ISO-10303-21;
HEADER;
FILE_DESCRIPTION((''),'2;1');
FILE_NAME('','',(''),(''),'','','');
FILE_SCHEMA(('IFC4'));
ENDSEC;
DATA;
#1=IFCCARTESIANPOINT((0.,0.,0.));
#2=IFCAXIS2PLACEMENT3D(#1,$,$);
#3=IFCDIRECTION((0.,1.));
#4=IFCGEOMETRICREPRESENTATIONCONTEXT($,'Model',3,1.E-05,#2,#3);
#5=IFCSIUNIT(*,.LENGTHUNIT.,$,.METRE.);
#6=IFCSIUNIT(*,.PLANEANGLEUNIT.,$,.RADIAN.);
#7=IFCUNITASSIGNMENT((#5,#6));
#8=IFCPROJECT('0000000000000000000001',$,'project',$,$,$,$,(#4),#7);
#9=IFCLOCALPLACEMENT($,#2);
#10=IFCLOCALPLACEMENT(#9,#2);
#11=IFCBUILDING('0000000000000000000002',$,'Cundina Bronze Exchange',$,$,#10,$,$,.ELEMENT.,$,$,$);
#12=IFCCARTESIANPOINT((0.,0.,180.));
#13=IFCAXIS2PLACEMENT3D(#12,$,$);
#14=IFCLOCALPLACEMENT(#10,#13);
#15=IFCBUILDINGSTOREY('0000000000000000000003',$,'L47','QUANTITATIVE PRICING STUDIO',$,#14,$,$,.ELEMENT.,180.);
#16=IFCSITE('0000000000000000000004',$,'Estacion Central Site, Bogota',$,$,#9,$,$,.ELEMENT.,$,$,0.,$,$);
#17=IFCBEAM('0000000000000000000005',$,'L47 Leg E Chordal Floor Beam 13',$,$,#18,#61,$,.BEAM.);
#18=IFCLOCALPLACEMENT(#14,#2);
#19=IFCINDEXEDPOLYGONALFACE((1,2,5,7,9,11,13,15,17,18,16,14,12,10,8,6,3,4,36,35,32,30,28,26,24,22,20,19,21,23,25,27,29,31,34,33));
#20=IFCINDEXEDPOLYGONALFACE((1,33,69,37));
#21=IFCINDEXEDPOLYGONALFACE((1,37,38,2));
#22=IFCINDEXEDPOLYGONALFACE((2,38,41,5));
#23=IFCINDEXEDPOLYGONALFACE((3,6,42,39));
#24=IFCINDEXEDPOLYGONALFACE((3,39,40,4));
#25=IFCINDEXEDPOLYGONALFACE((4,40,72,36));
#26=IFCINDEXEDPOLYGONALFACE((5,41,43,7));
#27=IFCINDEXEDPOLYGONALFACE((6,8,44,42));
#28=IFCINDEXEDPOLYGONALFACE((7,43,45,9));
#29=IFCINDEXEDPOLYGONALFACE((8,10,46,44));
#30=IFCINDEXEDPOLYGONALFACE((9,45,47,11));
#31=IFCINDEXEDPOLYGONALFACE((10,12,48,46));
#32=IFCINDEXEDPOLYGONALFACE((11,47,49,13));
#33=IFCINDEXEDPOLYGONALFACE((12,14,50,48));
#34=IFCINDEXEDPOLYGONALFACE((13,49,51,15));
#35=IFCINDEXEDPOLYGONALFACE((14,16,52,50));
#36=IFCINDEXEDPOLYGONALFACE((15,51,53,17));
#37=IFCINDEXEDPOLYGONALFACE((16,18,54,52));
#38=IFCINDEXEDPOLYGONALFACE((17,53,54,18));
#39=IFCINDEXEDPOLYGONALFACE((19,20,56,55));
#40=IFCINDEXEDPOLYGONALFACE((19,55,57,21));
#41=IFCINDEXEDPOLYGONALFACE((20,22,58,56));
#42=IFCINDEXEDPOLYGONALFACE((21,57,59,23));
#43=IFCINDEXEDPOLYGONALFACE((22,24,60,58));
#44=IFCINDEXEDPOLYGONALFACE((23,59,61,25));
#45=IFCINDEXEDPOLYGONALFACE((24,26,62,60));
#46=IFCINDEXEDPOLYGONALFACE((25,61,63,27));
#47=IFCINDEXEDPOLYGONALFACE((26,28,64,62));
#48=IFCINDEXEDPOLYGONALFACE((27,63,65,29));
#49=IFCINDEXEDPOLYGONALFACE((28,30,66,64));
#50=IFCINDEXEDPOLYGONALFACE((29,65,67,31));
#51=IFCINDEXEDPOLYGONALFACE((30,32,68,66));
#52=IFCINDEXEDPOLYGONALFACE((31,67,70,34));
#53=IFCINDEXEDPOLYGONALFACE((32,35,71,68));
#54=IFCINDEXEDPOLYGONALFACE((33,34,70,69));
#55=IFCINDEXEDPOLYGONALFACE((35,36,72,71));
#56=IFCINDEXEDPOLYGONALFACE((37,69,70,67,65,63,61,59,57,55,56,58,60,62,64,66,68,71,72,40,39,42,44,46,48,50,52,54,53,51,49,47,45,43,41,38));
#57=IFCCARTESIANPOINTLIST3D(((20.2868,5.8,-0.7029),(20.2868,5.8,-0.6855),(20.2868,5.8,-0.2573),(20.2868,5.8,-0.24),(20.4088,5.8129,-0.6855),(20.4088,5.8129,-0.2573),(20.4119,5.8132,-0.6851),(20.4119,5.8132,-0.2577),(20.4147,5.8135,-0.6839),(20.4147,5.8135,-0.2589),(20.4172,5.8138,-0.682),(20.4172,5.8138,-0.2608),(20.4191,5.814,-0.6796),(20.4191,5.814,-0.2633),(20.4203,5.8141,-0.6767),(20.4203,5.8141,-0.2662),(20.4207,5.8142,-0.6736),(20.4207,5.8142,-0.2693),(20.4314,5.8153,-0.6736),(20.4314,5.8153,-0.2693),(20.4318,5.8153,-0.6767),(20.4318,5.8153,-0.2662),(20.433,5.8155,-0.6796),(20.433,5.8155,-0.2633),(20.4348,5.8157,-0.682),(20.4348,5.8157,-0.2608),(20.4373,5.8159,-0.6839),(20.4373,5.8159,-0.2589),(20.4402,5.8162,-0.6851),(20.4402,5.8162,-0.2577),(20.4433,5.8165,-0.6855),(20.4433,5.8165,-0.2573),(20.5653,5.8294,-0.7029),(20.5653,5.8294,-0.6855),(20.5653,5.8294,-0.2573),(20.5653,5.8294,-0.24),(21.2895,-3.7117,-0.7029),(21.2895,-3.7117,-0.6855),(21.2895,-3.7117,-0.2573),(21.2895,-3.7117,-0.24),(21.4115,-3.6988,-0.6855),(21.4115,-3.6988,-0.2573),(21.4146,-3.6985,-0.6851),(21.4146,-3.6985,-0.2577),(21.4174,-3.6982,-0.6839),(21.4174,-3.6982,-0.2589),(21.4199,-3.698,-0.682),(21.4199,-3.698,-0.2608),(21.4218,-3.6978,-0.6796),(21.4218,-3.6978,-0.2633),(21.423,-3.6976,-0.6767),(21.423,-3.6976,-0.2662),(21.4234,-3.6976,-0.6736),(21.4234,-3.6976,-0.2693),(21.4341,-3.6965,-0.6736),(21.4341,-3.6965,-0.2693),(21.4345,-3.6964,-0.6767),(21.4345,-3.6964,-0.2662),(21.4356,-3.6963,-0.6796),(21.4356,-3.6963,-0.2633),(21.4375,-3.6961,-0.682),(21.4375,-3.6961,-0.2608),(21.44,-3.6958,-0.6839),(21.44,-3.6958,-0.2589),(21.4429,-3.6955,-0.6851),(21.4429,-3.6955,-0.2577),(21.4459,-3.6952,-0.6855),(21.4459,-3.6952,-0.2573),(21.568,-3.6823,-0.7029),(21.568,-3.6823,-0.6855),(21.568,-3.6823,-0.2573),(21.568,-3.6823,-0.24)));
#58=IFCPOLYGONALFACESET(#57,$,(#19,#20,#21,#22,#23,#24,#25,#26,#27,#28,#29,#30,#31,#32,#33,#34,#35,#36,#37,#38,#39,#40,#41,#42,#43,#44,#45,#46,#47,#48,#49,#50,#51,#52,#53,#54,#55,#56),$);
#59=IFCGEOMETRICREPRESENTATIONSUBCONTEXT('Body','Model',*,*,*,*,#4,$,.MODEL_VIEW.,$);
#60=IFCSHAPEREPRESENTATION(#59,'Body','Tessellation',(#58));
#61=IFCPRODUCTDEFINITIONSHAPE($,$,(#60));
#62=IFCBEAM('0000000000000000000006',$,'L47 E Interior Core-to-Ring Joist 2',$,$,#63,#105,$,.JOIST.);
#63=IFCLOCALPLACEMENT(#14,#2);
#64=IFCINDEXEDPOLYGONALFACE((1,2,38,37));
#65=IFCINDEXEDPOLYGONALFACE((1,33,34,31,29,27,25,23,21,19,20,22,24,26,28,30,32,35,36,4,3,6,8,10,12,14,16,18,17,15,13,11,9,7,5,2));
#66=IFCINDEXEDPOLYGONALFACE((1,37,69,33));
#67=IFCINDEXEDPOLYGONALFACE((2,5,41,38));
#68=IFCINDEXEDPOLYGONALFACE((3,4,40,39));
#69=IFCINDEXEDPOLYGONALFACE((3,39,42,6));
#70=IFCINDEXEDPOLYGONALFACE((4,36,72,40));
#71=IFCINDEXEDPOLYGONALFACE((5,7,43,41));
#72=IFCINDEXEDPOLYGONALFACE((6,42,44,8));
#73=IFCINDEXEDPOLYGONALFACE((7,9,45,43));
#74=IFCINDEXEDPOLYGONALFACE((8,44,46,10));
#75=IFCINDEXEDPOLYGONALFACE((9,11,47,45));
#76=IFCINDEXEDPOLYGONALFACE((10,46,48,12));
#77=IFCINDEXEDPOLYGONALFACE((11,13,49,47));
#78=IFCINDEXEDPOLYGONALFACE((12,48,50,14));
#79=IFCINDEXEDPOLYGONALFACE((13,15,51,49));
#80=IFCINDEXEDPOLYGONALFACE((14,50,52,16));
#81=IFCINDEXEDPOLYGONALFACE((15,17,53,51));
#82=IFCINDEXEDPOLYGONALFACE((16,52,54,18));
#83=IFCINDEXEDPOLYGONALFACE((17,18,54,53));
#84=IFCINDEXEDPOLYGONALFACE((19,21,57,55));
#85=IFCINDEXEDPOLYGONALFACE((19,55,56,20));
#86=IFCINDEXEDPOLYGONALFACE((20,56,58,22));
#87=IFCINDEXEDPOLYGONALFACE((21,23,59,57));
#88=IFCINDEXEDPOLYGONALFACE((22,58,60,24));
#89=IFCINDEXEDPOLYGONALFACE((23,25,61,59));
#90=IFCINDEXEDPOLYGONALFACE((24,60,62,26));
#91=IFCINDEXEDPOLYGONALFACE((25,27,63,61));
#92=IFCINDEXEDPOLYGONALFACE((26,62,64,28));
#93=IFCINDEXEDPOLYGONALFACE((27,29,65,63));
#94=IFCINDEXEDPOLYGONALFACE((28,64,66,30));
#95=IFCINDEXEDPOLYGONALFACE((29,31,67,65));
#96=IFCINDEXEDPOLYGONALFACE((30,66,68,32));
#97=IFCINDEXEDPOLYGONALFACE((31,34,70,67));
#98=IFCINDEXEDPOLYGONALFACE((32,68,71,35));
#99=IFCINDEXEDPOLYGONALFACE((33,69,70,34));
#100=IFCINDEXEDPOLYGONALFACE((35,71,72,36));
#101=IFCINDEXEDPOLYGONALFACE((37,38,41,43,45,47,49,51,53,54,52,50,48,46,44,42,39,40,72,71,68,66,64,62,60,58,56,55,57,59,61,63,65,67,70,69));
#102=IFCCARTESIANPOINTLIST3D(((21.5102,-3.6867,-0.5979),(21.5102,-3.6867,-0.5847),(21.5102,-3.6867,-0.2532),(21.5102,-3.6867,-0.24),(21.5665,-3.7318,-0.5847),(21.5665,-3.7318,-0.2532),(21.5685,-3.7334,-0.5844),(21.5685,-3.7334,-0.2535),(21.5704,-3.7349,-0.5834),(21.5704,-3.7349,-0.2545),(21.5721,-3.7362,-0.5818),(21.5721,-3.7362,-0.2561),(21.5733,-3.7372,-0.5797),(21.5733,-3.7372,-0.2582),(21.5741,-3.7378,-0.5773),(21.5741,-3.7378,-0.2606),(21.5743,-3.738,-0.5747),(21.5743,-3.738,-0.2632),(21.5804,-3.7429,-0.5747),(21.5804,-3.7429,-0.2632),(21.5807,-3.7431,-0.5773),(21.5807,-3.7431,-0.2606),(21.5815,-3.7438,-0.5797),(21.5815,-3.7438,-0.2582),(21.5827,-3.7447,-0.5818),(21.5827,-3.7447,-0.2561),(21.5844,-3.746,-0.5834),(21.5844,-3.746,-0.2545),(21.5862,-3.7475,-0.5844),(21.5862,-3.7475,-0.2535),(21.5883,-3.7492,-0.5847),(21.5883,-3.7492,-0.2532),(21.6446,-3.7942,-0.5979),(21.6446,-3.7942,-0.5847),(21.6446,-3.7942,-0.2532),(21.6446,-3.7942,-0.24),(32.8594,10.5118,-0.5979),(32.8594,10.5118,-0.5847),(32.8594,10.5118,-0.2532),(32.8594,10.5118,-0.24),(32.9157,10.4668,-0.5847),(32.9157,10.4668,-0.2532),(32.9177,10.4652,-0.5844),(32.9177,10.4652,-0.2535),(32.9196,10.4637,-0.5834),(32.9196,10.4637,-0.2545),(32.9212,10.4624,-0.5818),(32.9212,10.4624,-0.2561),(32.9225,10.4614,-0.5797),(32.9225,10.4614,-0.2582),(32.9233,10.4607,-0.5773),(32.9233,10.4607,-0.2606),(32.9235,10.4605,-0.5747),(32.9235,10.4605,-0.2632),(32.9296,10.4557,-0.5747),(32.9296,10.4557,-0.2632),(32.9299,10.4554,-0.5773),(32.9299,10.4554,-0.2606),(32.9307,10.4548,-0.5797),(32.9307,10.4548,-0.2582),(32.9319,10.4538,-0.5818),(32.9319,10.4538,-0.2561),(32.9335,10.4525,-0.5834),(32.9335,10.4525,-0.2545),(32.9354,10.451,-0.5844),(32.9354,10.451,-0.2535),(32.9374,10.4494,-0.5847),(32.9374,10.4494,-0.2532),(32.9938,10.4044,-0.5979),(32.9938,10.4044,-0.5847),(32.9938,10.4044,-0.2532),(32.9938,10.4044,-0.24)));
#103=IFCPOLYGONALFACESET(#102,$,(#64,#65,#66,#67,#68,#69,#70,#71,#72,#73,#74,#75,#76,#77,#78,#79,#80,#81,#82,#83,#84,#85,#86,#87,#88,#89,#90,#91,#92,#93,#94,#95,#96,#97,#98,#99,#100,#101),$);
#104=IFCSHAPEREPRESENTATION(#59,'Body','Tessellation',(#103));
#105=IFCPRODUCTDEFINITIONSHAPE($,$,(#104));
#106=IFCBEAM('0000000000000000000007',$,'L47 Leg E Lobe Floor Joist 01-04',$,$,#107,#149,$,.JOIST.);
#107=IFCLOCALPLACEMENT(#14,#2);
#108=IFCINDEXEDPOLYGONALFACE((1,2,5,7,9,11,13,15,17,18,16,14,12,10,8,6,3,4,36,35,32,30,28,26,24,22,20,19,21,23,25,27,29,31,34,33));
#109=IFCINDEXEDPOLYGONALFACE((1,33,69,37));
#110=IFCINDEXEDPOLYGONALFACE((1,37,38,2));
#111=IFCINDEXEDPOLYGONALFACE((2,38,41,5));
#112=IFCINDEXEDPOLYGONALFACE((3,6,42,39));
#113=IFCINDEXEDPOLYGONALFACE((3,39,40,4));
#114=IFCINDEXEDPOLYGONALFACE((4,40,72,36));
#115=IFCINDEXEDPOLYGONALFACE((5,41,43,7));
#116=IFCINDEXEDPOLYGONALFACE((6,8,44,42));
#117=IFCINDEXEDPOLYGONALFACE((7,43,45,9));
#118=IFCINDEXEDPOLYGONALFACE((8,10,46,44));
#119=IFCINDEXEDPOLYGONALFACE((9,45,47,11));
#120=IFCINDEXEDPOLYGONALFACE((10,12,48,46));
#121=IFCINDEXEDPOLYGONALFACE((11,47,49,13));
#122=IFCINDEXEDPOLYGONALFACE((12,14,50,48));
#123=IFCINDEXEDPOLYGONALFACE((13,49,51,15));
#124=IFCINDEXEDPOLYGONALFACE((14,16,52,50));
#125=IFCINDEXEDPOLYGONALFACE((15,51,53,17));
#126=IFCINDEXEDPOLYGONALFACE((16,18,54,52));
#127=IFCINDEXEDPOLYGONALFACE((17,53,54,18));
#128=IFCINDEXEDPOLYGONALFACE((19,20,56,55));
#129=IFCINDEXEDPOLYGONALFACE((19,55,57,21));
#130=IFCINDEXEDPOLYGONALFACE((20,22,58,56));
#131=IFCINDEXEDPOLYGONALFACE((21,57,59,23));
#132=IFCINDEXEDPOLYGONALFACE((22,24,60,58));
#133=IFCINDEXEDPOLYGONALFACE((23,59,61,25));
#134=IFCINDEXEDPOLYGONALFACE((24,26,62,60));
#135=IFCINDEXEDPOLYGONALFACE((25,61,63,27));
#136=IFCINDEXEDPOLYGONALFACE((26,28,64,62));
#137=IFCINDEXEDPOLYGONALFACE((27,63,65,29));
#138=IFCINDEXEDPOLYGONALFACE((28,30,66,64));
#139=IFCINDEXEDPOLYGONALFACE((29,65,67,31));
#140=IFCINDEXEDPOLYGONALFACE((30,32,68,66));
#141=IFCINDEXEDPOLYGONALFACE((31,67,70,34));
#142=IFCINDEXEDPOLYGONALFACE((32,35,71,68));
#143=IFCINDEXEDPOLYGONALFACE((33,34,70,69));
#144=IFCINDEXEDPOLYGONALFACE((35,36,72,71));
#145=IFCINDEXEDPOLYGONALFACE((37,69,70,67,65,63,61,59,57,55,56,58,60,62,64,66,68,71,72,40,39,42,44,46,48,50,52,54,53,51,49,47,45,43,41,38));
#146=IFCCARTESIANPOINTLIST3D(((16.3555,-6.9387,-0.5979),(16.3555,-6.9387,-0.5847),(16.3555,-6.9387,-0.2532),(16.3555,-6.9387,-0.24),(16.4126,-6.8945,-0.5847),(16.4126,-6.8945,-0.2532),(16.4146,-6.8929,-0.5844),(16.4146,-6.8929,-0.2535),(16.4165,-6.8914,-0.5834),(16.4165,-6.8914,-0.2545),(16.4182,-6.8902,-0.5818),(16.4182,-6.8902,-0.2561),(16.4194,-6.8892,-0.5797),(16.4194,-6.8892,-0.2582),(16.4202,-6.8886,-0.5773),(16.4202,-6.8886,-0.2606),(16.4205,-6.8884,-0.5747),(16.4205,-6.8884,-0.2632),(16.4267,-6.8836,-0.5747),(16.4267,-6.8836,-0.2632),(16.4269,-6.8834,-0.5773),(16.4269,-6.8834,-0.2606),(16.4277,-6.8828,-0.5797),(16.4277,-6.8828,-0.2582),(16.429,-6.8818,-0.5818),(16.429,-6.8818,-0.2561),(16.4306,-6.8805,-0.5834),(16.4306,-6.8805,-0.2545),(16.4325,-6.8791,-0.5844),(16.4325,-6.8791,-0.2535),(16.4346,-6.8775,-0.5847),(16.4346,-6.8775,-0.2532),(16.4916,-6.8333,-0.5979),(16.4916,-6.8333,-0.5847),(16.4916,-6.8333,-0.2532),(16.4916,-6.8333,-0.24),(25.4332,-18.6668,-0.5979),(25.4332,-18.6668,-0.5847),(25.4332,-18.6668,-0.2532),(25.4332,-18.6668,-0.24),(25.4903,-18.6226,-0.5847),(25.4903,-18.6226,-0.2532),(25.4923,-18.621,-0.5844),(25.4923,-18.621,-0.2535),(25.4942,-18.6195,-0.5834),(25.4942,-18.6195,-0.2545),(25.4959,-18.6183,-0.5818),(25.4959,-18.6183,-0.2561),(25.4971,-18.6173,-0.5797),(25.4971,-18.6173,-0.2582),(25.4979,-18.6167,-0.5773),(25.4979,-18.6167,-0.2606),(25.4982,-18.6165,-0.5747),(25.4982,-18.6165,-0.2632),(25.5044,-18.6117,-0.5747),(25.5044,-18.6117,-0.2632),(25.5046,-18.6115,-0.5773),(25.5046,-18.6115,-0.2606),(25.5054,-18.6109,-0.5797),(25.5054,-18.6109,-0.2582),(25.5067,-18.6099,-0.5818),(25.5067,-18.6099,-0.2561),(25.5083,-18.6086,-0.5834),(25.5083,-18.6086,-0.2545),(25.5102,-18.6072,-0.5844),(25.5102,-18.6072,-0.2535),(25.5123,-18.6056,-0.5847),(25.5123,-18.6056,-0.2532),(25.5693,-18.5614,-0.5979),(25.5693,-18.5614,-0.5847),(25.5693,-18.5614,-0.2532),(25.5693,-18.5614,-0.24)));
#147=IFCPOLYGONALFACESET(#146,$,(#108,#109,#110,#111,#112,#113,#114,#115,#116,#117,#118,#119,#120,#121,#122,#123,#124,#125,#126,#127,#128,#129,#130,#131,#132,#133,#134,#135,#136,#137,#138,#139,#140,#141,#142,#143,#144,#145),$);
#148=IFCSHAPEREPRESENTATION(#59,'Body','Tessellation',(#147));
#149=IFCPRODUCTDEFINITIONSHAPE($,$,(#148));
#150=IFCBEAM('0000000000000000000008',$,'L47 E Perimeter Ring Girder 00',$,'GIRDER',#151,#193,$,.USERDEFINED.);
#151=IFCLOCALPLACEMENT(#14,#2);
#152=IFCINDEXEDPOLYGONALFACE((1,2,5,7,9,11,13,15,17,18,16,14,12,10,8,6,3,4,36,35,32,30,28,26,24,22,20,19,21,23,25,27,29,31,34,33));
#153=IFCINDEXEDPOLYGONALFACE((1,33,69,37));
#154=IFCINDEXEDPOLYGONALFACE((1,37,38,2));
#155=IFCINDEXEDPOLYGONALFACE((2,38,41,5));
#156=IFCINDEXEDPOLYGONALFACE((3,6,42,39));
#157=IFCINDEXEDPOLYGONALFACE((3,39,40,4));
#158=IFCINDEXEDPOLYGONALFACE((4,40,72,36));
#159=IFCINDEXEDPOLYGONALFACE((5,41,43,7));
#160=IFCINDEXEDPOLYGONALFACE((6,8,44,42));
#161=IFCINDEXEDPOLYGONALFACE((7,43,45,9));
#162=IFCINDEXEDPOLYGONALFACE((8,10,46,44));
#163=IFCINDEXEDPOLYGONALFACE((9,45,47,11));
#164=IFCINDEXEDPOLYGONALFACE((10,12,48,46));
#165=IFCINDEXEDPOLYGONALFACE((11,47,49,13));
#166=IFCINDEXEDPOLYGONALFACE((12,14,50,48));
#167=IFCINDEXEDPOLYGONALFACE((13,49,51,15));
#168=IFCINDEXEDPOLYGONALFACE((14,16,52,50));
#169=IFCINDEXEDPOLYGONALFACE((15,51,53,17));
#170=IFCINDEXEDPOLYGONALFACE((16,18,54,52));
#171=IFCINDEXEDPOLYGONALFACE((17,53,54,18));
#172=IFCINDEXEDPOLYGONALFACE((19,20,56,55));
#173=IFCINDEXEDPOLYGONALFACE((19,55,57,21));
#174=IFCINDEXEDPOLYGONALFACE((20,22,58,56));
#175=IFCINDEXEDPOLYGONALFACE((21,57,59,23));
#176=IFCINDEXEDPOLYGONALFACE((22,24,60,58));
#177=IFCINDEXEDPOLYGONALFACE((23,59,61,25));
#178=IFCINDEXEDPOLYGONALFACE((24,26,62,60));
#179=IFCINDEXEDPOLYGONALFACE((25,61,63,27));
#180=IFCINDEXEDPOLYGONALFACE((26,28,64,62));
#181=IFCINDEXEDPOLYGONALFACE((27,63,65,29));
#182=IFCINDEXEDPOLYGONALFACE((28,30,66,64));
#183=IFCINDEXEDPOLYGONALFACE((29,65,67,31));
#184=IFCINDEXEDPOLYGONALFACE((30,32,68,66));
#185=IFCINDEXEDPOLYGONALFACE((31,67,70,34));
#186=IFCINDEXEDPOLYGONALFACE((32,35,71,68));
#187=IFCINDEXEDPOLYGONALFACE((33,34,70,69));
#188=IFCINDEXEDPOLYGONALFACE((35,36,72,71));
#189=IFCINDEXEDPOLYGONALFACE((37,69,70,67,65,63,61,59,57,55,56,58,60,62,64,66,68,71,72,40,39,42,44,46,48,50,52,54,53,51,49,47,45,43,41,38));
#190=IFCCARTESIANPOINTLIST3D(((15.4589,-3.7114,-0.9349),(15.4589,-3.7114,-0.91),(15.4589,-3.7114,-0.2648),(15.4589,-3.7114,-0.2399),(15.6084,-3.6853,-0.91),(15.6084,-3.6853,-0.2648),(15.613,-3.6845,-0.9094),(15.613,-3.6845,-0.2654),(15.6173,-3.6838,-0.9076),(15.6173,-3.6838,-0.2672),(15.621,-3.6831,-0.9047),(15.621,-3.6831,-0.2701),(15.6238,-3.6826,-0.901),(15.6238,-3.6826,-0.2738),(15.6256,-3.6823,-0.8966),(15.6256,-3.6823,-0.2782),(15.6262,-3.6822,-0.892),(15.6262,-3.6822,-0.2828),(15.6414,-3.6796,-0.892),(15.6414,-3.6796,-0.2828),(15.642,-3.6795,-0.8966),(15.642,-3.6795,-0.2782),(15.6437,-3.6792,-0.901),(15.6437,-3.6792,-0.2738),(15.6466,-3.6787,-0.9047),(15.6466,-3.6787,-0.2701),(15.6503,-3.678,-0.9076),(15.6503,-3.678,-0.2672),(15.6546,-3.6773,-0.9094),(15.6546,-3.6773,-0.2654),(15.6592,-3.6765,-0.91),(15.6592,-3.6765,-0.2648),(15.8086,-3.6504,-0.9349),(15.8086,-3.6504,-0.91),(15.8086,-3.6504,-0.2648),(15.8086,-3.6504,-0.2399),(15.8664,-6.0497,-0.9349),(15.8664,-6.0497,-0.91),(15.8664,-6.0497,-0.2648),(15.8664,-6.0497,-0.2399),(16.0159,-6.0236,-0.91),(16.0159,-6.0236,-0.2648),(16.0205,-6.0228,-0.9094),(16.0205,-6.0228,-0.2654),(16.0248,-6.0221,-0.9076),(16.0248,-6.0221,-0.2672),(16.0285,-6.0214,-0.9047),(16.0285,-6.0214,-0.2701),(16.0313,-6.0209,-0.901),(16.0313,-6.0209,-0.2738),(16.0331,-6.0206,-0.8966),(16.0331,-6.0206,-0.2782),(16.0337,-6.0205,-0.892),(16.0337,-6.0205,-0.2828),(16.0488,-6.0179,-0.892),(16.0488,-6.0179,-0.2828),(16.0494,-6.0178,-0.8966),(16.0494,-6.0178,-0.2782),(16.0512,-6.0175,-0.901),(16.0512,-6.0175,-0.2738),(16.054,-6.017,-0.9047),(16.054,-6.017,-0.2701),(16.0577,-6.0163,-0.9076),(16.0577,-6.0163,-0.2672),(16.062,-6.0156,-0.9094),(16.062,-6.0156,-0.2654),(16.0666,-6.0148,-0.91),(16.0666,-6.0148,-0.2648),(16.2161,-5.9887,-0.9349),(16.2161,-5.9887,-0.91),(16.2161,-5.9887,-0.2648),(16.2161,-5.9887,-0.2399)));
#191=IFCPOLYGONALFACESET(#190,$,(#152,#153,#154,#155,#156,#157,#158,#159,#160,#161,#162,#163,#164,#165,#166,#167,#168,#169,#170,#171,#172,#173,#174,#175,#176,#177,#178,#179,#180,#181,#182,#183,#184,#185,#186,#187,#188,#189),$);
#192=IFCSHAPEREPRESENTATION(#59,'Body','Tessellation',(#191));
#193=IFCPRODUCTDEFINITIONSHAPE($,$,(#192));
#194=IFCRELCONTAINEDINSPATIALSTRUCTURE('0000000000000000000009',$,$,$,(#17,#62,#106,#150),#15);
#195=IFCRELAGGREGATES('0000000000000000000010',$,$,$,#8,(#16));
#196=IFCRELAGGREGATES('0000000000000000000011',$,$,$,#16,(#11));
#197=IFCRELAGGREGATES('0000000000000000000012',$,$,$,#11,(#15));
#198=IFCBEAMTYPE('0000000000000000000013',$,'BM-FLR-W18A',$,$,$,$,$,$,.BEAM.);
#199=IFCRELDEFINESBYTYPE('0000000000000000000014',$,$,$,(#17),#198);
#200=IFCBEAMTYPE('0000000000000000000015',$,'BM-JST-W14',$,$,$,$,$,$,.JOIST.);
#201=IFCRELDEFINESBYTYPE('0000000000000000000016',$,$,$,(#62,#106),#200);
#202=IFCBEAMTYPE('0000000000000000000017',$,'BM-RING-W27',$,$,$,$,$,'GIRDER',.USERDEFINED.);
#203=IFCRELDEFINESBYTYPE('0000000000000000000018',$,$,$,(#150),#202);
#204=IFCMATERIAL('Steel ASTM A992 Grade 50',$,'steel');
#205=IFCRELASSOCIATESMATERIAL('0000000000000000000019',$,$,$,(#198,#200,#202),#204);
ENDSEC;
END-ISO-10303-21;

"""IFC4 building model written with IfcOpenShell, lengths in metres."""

from ifc_helpers import new_model, si_unit, direction, frame, origin, origin_2d, place, context, subcontext, project, spatial, i_section, extrude, material, material_profile, profile_set, type_object, element, save


model = new_model("IFC4")

# Units and contexts
model_context = context("Model", 3, precision=1e-05, world=origin(), true_north=direction((0.0, 1.0)))
body_context = subcontext(model_context, "Body", "Model", "MODEL_VIEW")
ifc_project = project(units=[si_unit("LENGTHUNIT", "METRE"), si_unit("PLANEANGLEUNIT", "RADIAN")], contexts=[model_context])

# Site, building, storey
site_placement = place(None, origin())
site = spatial("IfcSite", under=ifc_project, at=site_placement, Name="Estacion Central Site, Bogota", CompositionType="ELEMENT", RefElevation=0.0)
building_placement = place(site_placement, origin())
building = spatial("IfcBuilding", under=site, at=building_placement, Name="Cundina Bronze Exchange", CompositionType="ELEMENT")
storey_placement = place(building_placement, frame((0.0, 0.0, 180.0)))
storey = spatial("IfcBuildingStorey", under=building, at=storey_placement, Name="L47", Description="QUANTITATIVE PRICING STUDIO", CompositionType="ELEMENT", Elevation=180.0)

# Shared definitions
ifc_material_1 = material(Name="Steel ASTM A992 Grade 50", Category="steel")

# Beams
ifc_material_profile_1 = material_profile(ifc_material_1, i_section(OverallWidth=0.28, OverallDepth=0.4629, WebThickness=0.0107, FlangeThickness=0.0173, FilletRadius=0.012, at=origin_2d()), Name="W18X76", Category="steel")
ifc_profile_set_1 = profile_set([ifc_material_profile_1], Name="Steel ASTM A992 Grade 50")
beam_type_1 = type_object("IfcBeamType", Name="BM-FLR-W18A", PredefinedType="BEAM", material=ifc_profile_set_1)
beam_1_placement = place(storey_placement, frame((21.4287, -3.697, -0.4714), z_axis=(-0.104835, 0.99449, 0.0), x_axis=(-0.99449, -0.104835, 0.0)))
element("IfcBeam", 1, at=beam_1_placement, inside=storey, type_object=beam_type_1, Name="L47 Leg E Chordal Floor Beam 13", PredefinedType="BEAM", context=body_context, shape_type="SweptSolid", body=[
    extrude(i_section(OverallWidth=0.28, OverallDepth=0.4629, WebThickness=0.0107, FlangeThickness=0.0173, FilletRadius=0.012, at=origin_2d()), origin(), (0.0, 0.0, 1.0), 9.5645),
])
ifc_material_profile_2 = material_profile(ifc_material_1, i_section(OverallWidth=0.1721, OverallDepth=0.3579, WebThickness=0.0078, FlangeThickness=0.0132, FilletRadius=0.01, at=origin_2d()), Name="W14X38", Category="steel")
ifc_profile_set_2 = profile_set([ifc_material_profile_2], Name="Steel ASTM A992 Grade 50")
beam_type_2 = type_object("IfcBeamType", Name="BM-JST-W14", PredefinedType="JOIST", material=ifc_profile_set_2)
beam_2_placement = place(storey_placement, frame((21.5774, -3.7405, -0.4189), z_axis=(0.624371, 0.781128, 0.0), x_axis=(-0.781128, 0.624371, 0.0)))
element("IfcBeam", 2, at=beam_2_placement, inside=storey, type_object=beam_type_2, Name="L47 E Interior Core-to-Ring Joist 2", PredefinedType="JOIST", context=body_context, shape_type="SweptSolid", body=[
    extrude(i_section(OverallWidth=0.1721, OverallDepth=0.3579, WebThickness=0.0078, FlangeThickness=0.0132, FilletRadius=0.01, at=origin_2d()), origin(), (0.0, 0.0, 1.0), 18.177),
])
beam_3_placement = place(storey_placement, frame((16.4236, -6.886, -0.4189), z_axis=(0.612084, -0.790793, 0.0), x_axis=(0.790793, 0.612084, 0.0)))
element("IfcBeam", 3, at=beam_3_placement, inside=storey, type_object=beam_type_2, Name="L47 Leg E Lobe Floor Joist 01-04", PredefinedType="JOIST", context=body_context, shape_type="SweptSolid", body=[
    extrude(i_section(OverallWidth=0.1721, OverallDepth=0.3579, WebThickness=0.0078, FlangeThickness=0.0132, FilletRadius=0.01, at=origin_2d()), origin(), (0.0, 0.0, 1.0), 14.8308),
])
ifc_material_profile_3 = material_profile(ifc_material_1, i_section(OverallWidth=0.355, OverallDepth=0.6951, WebThickness=0.0154, FlangeThickness=0.0249, FilletRadius=0.0181, at=origin_2d()), Name="W27X146", Category="steel")
ifc_profile_set_3 = profile_set([ifc_material_profile_3], Name="Steel ASTM A992 Grade 50")
beam_type_3 = type_object("IfcBeamType", Name="BM-RING-W27", ElementType="GIRDER", PredefinedType="USERDEFINED", material=ifc_profile_set_3)
beam_4_placement = place(storey_placement, frame((15.6338, -3.6809, -0.5874), z_axis=(0.171667, -0.985155, 0.0), x_axis=(0.985155, 0.171667, 0.0)))
element("IfcBeam", 4, at=beam_4_placement, inside=storey, type_object=beam_type_3, Name="L47 E Perimeter Ring Girder 00", ObjectType="GIRDER", PredefinedType="USERDEFINED", context=body_context, shape_type="SweptSolid", body=[
    extrude(i_section(OverallWidth=0.355, OverallDepth=0.6951, WebThickness=0.0154, FlangeThickness=0.0249, FilletRadius=0.0181, at=origin_2d()), origin(), (0.0, 0.0, 1.0), 2.3735),
])

save(model, "model.ifc")
